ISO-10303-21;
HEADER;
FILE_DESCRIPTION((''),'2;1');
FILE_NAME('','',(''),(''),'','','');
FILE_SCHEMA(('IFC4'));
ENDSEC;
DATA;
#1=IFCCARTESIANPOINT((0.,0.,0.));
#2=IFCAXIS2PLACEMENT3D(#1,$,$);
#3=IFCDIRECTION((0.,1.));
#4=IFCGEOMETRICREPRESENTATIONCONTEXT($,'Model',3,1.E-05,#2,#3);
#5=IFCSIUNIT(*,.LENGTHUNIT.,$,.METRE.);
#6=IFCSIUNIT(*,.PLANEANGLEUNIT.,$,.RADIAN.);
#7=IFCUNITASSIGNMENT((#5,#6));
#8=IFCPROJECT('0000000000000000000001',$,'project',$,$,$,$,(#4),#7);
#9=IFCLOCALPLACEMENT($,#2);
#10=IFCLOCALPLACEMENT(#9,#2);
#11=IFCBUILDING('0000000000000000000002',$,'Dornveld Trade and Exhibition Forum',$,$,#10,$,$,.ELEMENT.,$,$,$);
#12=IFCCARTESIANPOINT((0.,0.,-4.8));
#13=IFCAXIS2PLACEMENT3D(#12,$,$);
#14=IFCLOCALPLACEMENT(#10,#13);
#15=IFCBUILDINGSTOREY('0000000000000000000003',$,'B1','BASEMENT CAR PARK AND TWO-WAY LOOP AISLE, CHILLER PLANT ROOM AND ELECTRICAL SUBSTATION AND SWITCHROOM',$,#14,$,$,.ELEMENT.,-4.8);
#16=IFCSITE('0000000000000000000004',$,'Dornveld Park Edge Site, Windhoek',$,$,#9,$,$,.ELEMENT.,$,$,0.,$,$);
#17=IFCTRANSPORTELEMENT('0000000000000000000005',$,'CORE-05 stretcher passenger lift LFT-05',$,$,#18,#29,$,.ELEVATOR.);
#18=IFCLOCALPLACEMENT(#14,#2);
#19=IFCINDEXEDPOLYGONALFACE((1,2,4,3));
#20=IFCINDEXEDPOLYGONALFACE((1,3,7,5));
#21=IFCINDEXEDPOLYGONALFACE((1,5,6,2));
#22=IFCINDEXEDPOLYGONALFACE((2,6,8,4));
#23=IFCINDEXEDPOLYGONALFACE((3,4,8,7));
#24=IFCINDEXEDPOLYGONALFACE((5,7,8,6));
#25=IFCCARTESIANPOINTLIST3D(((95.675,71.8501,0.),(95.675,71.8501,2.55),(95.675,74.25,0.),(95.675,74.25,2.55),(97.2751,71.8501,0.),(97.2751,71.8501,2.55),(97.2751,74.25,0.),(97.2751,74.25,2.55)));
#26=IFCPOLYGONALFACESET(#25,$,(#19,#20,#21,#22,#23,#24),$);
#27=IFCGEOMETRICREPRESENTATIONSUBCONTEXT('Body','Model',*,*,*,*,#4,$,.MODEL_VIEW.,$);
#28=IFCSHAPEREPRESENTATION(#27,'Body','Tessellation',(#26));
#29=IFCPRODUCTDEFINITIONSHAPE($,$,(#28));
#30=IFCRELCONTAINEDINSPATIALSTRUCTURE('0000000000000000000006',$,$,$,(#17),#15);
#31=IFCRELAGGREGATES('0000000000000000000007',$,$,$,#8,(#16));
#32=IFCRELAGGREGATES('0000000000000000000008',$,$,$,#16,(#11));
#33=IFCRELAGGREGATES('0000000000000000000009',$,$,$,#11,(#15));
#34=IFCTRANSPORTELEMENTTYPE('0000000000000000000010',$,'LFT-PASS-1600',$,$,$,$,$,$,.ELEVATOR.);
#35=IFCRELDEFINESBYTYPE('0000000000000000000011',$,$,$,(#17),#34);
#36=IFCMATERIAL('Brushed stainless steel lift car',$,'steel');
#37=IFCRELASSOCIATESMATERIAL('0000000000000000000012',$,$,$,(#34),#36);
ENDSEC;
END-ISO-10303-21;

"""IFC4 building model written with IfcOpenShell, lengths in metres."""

from ifc_helpers import new_model, si_unit, direction, frame, origin, origin_2d, place, context, subcontext, project, spatial, rectangle, extrude, material, type_object, element, save


model = new_model("IFC4")

# Units and contexts
model_context = context("Model", 3, precision=1e-05, world=origin(), true_north=direction((0.0, 1.0)))
body_context = subcontext(model_context, "Body", "Model", "MODEL_VIEW")
ifc_project = project(units=[si_unit("LENGTHUNIT", "METRE"), si_unit("PLANEANGLEUNIT", "RADIAN")], contexts=[model_context])

# Site, building, storey
site_placement = place(None, origin())
site = spatial("IfcSite", under=ifc_project, at=site_placement, Name="Dornveld Park Edge Site, Windhoek", CompositionType="ELEMENT", RefElevation=0.0)
building_placement = place(site_placement, origin())
building = spatial("IfcBuilding", under=site, at=building_placement, Name="Dornveld Trade and Exhibition Forum", CompositionType="ELEMENT")
storey_placement = place(building_placement, frame((0.0, 0.0, -4.8)))
storey = spatial("IfcBuildingStorey", under=building, at=storey_placement, Name="B1", Description="BASEMENT CAR PARK AND TWO-WAY LOOP AISLE, CHILLER PLANT ROOM AND ELECTRICAL SUBSTATION AND SWITCHROOM", CompositionType="ELEMENT", Elevation=-4.8)

# Transport element
ifc_material_1 = material(Name="Brushed stainless steel lift car", Category="steel")
transport_element_type = type_object("IfcTransportElementType", Name="LFT-PASS-1600", PredefinedType="ELEVATOR", material=ifc_material_1)
transport_element_placement = place(storey_placement, frame((96.4751, 73.05, 0.0), z_axis=(0.0, 0.0, 1.0), x_axis=(1.0, 0.0, 0.0)))
element("IfcTransportElement", 1, at=transport_element_placement, inside=storey, type_object=transport_element_type, Name="CORE-05 stretcher passenger lift LFT-05", PredefinedType="ELEVATOR", context=body_context, shape_type="SweptSolid", body=[
    extrude(rectangle(XDim=1.6001, YDim=2.3999, at=origin_2d()), origin(), (0.0, 0.0, 1.0), 2.55),
])

save(model, "model.ifc")
